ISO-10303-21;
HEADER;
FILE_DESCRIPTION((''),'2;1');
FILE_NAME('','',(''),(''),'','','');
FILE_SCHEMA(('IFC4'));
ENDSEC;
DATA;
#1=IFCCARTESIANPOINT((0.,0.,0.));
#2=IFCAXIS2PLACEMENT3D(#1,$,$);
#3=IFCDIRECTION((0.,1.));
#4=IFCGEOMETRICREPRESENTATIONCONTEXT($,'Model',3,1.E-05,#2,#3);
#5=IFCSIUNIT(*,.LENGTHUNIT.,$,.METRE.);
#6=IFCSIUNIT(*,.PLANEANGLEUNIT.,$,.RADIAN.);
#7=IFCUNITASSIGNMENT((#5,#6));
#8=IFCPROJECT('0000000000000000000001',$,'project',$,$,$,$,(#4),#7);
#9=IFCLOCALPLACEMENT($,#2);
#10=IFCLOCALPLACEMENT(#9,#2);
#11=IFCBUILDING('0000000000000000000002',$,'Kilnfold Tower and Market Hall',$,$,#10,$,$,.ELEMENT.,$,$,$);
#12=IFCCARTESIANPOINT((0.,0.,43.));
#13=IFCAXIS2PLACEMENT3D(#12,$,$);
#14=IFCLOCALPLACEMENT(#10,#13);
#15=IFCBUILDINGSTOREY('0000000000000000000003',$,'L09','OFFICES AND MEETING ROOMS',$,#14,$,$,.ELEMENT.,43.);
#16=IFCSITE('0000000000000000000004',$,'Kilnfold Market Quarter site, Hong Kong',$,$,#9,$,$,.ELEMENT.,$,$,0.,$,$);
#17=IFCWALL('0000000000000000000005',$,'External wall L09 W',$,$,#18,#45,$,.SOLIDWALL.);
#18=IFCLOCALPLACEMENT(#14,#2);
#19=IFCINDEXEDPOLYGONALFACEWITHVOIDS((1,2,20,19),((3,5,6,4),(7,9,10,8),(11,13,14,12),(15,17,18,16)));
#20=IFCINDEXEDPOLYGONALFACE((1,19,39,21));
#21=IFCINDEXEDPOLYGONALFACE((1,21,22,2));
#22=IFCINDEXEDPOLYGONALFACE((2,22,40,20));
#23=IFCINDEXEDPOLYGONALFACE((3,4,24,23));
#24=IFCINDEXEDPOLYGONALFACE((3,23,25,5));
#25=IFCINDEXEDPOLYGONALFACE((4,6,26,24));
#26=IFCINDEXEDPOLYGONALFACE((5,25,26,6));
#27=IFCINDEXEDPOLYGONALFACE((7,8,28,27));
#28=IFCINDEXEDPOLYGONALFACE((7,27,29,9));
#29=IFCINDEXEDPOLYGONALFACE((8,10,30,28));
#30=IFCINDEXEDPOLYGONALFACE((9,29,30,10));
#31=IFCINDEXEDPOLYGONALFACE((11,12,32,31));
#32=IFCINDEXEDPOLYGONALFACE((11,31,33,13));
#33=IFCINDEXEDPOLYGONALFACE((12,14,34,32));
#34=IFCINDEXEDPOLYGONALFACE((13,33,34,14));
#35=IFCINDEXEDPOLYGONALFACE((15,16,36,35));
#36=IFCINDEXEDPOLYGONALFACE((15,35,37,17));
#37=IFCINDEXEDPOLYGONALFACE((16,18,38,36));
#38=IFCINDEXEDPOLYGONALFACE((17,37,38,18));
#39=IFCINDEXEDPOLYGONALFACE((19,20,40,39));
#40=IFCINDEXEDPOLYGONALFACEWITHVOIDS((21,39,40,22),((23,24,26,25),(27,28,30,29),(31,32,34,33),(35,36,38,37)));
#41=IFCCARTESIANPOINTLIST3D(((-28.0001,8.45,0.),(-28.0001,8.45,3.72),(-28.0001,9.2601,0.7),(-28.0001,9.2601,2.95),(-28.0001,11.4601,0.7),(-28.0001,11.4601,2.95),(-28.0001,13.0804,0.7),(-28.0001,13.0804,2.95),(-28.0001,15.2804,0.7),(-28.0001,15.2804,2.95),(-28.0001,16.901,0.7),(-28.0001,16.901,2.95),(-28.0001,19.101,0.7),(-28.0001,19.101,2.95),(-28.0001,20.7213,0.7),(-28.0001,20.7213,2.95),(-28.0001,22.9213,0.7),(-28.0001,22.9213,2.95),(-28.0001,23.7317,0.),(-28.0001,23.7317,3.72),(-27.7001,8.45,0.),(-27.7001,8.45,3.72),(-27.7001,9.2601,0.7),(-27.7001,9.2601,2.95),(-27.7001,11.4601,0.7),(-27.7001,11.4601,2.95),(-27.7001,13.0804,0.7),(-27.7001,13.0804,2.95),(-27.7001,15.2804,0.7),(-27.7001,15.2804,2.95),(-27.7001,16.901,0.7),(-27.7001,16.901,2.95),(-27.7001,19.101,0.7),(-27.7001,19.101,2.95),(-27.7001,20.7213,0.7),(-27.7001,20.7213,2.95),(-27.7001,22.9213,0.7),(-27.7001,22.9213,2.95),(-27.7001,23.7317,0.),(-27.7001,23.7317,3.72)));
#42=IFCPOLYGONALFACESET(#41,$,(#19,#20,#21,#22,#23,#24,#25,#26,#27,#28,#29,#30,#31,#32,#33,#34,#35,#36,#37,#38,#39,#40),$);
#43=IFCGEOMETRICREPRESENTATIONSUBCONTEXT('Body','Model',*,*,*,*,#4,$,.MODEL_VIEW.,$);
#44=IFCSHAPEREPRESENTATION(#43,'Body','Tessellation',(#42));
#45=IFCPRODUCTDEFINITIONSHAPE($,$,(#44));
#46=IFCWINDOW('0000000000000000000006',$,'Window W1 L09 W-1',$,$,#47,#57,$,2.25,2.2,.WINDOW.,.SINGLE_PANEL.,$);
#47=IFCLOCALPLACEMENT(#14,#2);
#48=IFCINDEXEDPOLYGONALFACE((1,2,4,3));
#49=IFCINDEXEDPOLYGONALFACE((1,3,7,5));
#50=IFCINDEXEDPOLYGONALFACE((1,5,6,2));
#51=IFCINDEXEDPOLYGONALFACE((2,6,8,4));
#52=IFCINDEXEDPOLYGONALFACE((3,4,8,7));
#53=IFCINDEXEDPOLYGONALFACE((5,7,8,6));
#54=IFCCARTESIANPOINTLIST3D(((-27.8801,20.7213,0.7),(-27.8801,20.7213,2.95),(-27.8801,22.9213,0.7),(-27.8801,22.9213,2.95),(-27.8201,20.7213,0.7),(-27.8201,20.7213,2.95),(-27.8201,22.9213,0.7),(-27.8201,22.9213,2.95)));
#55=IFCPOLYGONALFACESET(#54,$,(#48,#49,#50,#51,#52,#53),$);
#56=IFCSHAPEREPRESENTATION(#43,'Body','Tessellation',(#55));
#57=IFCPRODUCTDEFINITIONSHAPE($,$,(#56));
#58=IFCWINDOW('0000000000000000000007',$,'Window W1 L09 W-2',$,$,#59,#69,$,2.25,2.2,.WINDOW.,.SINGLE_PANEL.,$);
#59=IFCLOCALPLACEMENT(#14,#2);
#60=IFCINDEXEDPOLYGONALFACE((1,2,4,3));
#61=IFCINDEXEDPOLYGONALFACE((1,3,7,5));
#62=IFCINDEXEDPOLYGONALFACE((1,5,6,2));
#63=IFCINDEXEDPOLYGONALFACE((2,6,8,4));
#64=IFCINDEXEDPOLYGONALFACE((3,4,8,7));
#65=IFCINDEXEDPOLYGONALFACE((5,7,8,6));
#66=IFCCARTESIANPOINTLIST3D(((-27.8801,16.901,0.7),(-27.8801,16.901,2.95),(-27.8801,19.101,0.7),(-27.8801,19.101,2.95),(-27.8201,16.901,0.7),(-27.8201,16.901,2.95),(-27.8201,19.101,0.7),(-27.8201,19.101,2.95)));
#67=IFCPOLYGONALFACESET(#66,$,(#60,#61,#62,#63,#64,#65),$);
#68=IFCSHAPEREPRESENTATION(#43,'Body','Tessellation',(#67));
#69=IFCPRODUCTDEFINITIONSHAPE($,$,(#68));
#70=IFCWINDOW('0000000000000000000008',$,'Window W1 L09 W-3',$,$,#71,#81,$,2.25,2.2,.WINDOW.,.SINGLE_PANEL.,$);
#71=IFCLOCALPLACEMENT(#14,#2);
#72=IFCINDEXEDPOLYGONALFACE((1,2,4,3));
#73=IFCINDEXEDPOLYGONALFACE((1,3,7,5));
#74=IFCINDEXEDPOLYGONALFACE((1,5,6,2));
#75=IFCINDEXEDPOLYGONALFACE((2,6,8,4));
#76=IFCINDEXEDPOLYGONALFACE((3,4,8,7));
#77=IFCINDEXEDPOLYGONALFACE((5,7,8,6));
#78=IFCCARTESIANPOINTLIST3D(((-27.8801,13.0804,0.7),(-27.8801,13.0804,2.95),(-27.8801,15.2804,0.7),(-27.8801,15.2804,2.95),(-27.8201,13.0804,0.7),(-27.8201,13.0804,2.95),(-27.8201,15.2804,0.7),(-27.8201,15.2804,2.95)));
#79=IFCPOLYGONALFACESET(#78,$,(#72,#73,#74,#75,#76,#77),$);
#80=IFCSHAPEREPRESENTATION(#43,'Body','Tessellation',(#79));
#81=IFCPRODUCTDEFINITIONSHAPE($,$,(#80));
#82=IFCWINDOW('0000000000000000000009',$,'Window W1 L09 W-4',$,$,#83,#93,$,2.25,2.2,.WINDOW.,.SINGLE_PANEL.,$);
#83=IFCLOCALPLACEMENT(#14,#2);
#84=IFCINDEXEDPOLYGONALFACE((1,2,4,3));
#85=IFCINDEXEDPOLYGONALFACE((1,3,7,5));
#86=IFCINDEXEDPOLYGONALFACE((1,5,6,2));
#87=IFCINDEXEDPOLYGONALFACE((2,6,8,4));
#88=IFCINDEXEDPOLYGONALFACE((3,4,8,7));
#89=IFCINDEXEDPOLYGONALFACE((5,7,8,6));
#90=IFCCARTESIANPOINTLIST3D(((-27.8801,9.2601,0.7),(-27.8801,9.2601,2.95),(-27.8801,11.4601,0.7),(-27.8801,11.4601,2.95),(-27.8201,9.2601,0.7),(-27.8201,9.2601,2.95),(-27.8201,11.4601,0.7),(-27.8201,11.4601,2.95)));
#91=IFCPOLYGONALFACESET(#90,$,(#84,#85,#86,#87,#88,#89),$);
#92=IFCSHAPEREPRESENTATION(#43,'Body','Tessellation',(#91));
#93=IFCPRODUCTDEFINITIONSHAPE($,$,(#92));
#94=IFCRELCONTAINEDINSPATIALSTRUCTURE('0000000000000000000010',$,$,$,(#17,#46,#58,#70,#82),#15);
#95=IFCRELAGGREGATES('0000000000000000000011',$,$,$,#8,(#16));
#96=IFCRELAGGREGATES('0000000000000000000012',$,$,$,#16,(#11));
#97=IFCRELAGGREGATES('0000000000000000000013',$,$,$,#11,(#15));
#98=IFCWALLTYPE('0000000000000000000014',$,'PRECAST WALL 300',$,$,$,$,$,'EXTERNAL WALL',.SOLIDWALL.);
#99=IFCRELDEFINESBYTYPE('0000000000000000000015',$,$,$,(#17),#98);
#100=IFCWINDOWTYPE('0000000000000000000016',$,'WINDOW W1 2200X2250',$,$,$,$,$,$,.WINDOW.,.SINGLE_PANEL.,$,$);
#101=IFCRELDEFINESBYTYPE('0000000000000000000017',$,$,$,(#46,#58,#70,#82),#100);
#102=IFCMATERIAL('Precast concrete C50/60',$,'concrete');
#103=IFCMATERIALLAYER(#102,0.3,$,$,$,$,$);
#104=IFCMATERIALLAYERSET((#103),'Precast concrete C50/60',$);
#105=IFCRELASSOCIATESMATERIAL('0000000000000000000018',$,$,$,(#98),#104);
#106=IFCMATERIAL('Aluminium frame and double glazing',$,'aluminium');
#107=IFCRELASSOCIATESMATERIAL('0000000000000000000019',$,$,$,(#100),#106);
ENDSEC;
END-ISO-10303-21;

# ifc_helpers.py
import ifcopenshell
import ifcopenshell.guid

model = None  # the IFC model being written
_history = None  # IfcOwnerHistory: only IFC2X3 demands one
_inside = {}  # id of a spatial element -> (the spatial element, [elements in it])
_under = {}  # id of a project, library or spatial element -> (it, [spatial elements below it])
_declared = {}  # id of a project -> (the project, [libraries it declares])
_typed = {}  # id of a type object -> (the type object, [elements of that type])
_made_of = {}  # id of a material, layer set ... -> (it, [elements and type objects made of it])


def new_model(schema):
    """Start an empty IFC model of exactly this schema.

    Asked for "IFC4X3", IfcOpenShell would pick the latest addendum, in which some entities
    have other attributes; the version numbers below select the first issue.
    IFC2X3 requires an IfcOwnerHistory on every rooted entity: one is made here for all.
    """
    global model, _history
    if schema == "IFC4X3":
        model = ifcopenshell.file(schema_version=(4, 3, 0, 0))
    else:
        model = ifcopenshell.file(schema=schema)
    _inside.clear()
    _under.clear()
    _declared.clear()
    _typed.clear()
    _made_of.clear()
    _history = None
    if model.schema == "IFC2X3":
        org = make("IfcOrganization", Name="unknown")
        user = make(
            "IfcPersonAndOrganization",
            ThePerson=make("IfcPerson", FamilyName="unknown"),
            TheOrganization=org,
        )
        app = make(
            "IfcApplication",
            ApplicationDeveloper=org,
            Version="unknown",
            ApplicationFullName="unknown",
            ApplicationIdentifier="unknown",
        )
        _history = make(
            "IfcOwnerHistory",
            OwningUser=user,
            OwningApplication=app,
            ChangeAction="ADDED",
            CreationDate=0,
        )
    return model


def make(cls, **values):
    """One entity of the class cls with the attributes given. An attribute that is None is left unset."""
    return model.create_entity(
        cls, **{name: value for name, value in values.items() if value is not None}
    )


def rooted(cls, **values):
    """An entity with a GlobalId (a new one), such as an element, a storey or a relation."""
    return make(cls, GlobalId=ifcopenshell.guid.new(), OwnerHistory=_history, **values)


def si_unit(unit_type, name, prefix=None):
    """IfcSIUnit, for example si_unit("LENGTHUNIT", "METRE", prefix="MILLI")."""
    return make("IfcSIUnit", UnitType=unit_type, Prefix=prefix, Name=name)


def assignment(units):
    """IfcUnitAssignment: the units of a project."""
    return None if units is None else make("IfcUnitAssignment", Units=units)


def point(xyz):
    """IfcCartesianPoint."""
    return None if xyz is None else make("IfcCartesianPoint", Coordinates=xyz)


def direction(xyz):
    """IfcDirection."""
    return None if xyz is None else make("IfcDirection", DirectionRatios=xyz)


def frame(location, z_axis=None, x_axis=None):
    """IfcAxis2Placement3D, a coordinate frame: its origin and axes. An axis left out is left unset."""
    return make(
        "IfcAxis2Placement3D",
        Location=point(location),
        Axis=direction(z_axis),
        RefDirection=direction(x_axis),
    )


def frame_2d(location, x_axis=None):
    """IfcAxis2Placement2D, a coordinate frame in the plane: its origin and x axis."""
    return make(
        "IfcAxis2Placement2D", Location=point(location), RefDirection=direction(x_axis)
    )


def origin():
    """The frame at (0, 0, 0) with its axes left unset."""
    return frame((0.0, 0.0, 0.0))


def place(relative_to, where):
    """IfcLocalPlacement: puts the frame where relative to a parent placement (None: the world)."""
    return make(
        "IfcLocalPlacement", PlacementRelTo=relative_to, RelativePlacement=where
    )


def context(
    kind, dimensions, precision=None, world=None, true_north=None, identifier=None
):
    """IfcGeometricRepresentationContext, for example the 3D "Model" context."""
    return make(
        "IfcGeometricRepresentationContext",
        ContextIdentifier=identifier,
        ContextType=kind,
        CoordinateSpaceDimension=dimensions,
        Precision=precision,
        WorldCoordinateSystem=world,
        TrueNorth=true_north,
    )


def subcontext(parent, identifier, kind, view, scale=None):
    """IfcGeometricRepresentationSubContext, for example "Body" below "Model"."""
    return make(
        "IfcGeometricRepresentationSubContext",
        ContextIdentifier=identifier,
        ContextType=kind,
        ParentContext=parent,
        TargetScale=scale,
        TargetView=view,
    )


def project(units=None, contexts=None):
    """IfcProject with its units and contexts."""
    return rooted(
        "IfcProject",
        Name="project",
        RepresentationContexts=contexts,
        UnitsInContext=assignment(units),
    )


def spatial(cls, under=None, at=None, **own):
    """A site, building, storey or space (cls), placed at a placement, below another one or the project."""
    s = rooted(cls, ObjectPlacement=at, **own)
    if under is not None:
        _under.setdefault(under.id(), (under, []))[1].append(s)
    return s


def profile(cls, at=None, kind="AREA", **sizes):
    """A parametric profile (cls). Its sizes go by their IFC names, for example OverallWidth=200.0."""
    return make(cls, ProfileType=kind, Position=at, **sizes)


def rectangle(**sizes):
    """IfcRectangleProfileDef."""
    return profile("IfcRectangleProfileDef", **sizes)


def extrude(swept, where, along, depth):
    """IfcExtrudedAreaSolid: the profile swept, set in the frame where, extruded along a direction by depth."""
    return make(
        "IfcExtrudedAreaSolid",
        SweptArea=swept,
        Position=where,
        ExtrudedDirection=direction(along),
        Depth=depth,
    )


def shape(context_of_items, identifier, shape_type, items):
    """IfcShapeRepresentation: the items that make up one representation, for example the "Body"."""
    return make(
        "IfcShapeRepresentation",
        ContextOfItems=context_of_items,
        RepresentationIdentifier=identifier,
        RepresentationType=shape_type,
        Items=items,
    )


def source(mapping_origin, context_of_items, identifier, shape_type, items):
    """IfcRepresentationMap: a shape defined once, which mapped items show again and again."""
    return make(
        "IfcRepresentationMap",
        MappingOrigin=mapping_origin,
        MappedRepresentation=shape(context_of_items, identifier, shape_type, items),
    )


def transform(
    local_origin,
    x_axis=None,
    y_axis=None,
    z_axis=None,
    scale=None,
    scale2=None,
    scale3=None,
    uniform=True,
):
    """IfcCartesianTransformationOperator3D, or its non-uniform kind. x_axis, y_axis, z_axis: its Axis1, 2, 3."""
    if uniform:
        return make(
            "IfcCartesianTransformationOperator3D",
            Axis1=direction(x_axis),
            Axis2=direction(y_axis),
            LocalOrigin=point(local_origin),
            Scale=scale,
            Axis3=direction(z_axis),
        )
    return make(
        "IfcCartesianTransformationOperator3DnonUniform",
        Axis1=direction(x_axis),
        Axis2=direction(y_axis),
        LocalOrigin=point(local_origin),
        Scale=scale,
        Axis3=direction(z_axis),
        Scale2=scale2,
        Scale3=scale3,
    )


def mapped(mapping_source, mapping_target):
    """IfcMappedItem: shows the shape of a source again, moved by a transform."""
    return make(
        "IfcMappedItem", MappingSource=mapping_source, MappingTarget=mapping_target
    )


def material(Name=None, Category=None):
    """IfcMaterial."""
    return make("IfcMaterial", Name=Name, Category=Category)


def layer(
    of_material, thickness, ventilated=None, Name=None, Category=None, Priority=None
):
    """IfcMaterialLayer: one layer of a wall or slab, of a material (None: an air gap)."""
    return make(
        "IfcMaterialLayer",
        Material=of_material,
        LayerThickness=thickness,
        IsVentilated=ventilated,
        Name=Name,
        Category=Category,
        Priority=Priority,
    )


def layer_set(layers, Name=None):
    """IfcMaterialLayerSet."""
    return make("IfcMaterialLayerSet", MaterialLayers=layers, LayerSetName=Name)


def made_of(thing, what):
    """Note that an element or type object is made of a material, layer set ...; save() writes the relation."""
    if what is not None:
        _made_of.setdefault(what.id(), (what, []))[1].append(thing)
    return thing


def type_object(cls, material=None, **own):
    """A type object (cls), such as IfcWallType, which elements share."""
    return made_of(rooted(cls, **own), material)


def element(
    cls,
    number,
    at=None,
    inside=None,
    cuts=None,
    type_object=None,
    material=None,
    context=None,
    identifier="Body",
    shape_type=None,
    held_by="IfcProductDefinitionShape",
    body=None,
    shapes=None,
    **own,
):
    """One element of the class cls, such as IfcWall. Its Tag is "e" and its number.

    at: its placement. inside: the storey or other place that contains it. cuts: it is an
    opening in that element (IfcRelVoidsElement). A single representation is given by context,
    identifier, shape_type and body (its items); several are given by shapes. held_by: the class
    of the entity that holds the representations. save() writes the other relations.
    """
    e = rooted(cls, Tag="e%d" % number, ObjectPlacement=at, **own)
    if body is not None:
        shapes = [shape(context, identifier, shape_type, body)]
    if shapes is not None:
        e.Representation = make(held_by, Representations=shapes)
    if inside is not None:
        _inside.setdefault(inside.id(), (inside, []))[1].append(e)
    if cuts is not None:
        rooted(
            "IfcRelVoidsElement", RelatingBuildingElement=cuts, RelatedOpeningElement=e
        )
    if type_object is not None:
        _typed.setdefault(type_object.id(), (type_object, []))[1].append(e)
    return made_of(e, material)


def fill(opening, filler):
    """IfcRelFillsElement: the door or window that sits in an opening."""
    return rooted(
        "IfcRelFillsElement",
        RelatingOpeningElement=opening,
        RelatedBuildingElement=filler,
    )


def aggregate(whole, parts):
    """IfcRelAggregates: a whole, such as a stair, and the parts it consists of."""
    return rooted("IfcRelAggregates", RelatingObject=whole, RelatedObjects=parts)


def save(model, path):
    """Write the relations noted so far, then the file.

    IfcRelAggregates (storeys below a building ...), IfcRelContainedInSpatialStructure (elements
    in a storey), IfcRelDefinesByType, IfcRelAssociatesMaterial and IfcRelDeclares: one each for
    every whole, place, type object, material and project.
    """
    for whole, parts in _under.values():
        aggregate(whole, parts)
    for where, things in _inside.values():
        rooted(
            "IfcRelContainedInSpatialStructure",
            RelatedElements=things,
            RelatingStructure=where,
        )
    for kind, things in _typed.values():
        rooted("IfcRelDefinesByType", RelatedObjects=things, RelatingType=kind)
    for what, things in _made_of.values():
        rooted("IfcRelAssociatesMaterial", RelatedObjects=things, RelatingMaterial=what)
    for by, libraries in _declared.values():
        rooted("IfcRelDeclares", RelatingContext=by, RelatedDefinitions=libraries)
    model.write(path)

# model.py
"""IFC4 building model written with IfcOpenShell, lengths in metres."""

from ifc_helpers import new_model, si_unit, direction, frame, frame_2d, origin, place, context, subcontext, project, spatial, rectangle, extrude, source, transform, mapped, material, layer, layer_set, type_object, element, fill, save


model = new_model("IFC4")

# Units and contexts
model_context = context("Model", 3, precision=1e-05, world=origin(), true_north=direction((0.0, 1.0)))
body_context = subcontext(model_context, "Body", "Model", "MODEL_VIEW")
ifc_project = project(units=[si_unit("LENGTHUNIT", "METRE"), si_unit("PLANEANGLEUNIT", "RADIAN")], contexts=[model_context])

# Site, building, storey
site_placement = place(None, origin())
site = spatial("IfcSite", under=ifc_project, at=site_placement, Name="Kilnfold Market Quarter site, Hong Kong", CompositionType="ELEMENT", RefElevation=0.0)
building_placement = place(site_placement, origin())
building = spatial("IfcBuilding", under=site, at=building_placement, Name="Kilnfold Tower and Market Hall", CompositionType="ELEMENT")
storey_placement = place(building_placement, frame((0.0, 0.0, 43.0)))
storey = spatial("IfcBuildingStorey", under=building, at=storey_placement, Name="L09", Description="OFFICES AND MEETING ROOMS", CompositionType="ELEMENT", Elevation=43.0)

# Shared definitions
ifc_material_1 = material(Name="Precast concrete C50/60", Category="concrete")
ifc_layer_1 = layer(ifc_material_1, 0.3)
ifc_layer_set_1 = layer_set([ifc_layer_1], Name="Precast concrete C50/60")
wall_type_1 = type_object("IfcWallType", Name="PRECAST WALL 300", ElementType="EXTERNAL WALL", PredefinedType="SOLIDWALL", material=ifc_layer_set_1)
ifc_material_2 = material(Name="Aluminium frame and double glazing", Category="aluminium")
window_type = type_object("IfcWindowType", Name="WINDOW W1 2200X2250", PartitioningType="SINGLE_PANEL", PredefinedType="WINDOW", material=ifc_material_2)

# Wall, openings, windows
shared_shape_1 = source(origin(), body_context, "Body", "SweptSolid", [
    extrude(rectangle(XDim=15.2817, YDim=0.3, at=frame_2d((7.6409, 0.0))), origin(), (0.0, 0.0, 1.0), 3.72),
])
wall_1_placement = place(storey_placement, frame((-27.8501, 23.7317, 0.0), z_axis=(0.0, 0.0, 1.0), x_axis=(0.0, -1.0, 0.0)))
wall_1 = element("IfcWall", 1, at=wall_1_placement, inside=storey, type_object=wall_type_1, Name="External wall L09 W", PredefinedType="SOLIDWALL", context=body_context, shape_type="MappedRepresentation", body=[
    mapped(shared_shape_1, transform((0.0, 0.0, 0.0))),
])
opening_1_placement = place(wall_1_placement, frame((0.8103, 0.0, 0.7)))
opening_1 = element("IfcOpeningElement", 2, at=opening_1_placement, cuts=wall_1, PredefinedType="OPENING", context=body_context, shape_type="SweptSolid", body=[
    extrude(rectangle(XDim=2.2, YDim=2.25, at=frame_2d((1.1001, 1.125))), frame((0.0, 0.1602, 0.0), z_axis=(0.0, -1.0, 0.0), x_axis=(1.0, 0.0, 0.0)), (0.0, 0.0, 1.0), 0.3201),
])
opening_2_placement = place(wall_1_placement, frame((4.6306, 0.0, 0.7)))
opening_2 = element("IfcOpeningElement", 3, at=opening_2_placement, cuts=wall_1, PredefinedType="OPENING", context=body_context, shape_type="SweptSolid", body=[
    extrude(rectangle(XDim=2.2, YDim=2.25, at=frame_2d((1.1001, 1.125))), frame((0.0, 0.1602, 0.0), z_axis=(0.0, -1.0, 0.0), x_axis=(1.0, 0.0, 0.0)), (0.0, 0.0, 1.0), 0.3201),
])
opening_3_placement = place(wall_1_placement, frame((8.4512, 0.0, 0.7)))
opening_3 = element("IfcOpeningElement", 4, at=opening_3_placement, cuts=wall_1, PredefinedType="OPENING", context=body_context, shape_type="SweptSolid", body=[
    extrude(rectangle(XDim=2.2, YDim=2.25, at=frame_2d((1.1001, 1.125))), frame((0.0, 0.1602, 0.0), z_axis=(0.0, -1.0, 0.0), x_axis=(1.0, 0.0, 0.0)), (0.0, 0.0, 1.0), 0.3201),
])
opening_4_placement = place(wall_1_placement, frame((12.2715, 0.0, 0.7)))
opening_4 = element("IfcOpeningElement", 5, at=opening_4_placement, cuts=wall_1, PredefinedType="OPENING", context=body_context, shape_type="SweptSolid", body=[
    extrude(rectangle(XDim=2.2, YDim=2.25, at=frame_2d((1.1001, 1.125))), frame((0.0, 0.1602, 0.0), z_axis=(0.0, -1.0, 0.0), x_axis=(1.0, 0.0, 0.0)), (0.0, 0.0, 1.0), 0.3201),
])
window_1_placement = place(opening_1_placement, origin())
window_1 = element("IfcWindow", 6, at=window_1_placement, inside=storey, type_object=window_type, Name="Window W1 L09 W-1", OverallHeight=2.25, OverallWidth=2.2, PartitioningType="SINGLE_PANEL", PredefinedType="WINDOW", context=body_context, shape_type="SweptSolid", body=[
    extrude(rectangle(XDim=2.2, YDim=2.25, at=frame_2d((1.1001, 1.125))), frame((0.0, 0.03, 0.0), z_axis=(0.0, -1.0, 0.0), x_axis=(1.0, 0.0, 0.0)), (0.0, 0.0, 1.0), 0.0601),
])
fill(opening_1, window_1)
window_2_placement = place(opening_2_placement, origin())
window_2 = element("IfcWindow", 7, at=window_2_placement, inside=storey, type_object=window_type, Name="Window W1 L09 W-2", OverallHeight=2.25, OverallWidth=2.2, PartitioningType="SINGLE_PANEL", PredefinedType="WINDOW", context=body_context, shape_type="SweptSolid", body=[
    extrude(rectangle(XDim=2.2, YDim=2.25, at=frame_2d((1.1001, 1.125))), frame((0.0, 0.03, 0.0), z_axis=(0.0, -1.0, 0.0), x_axis=(1.0, 0.0, 0.0)), (0.0, 0.0, 1.0), 0.0601),
])
fill(opening_2, window_2)
window_3_placement = place(opening_3_placement, origin())
window_3 = element("IfcWindow", 8, at=window_3_placement, inside=storey, type_object=window_type, Name="Window W1 L09 W-3", OverallHeight=2.25, OverallWidth=2.2, PartitioningType="SINGLE_PANEL", PredefinedType="WINDOW", context=body_context, shape_type="SweptSolid", body=[
    extrude(rectangle(XDim=2.2, YDim=2.25, at=frame_2d((1.1001, 1.125))), frame((0.0, 0.03, 0.0), z_axis=(0.0, -1.0, 0.0), x_axis=(1.0, 0.0, 0.0)), (0.0, 0.0, 1.0), 0.0601),
])
fill(opening_3, window_3)
window_4_placement = place(opening_4_placement, origin())
window_4 = element("IfcWindow", 9, at=window_4_placement, inside=storey, type_object=window_type, Name="Window W1 L09 W-4", OverallHeight=2.25, OverallWidth=2.2, PartitioningType="SINGLE_PANEL", PredefinedType="WINDOW", context=body_context, shape_type="SweptSolid", body=[
    extrude(rectangle(XDim=2.2, YDim=2.25, at=frame_2d((1.1001, 1.125))), frame((0.0, 0.03, 0.0), z_axis=(0.0, -1.0, 0.0), x_axis=(1.0, 0.0, 0.0)), (0.0, 0.0, 1.0), 0.0601),
])
fill(opening_4, window_4)

save(model, "model.ifc")
